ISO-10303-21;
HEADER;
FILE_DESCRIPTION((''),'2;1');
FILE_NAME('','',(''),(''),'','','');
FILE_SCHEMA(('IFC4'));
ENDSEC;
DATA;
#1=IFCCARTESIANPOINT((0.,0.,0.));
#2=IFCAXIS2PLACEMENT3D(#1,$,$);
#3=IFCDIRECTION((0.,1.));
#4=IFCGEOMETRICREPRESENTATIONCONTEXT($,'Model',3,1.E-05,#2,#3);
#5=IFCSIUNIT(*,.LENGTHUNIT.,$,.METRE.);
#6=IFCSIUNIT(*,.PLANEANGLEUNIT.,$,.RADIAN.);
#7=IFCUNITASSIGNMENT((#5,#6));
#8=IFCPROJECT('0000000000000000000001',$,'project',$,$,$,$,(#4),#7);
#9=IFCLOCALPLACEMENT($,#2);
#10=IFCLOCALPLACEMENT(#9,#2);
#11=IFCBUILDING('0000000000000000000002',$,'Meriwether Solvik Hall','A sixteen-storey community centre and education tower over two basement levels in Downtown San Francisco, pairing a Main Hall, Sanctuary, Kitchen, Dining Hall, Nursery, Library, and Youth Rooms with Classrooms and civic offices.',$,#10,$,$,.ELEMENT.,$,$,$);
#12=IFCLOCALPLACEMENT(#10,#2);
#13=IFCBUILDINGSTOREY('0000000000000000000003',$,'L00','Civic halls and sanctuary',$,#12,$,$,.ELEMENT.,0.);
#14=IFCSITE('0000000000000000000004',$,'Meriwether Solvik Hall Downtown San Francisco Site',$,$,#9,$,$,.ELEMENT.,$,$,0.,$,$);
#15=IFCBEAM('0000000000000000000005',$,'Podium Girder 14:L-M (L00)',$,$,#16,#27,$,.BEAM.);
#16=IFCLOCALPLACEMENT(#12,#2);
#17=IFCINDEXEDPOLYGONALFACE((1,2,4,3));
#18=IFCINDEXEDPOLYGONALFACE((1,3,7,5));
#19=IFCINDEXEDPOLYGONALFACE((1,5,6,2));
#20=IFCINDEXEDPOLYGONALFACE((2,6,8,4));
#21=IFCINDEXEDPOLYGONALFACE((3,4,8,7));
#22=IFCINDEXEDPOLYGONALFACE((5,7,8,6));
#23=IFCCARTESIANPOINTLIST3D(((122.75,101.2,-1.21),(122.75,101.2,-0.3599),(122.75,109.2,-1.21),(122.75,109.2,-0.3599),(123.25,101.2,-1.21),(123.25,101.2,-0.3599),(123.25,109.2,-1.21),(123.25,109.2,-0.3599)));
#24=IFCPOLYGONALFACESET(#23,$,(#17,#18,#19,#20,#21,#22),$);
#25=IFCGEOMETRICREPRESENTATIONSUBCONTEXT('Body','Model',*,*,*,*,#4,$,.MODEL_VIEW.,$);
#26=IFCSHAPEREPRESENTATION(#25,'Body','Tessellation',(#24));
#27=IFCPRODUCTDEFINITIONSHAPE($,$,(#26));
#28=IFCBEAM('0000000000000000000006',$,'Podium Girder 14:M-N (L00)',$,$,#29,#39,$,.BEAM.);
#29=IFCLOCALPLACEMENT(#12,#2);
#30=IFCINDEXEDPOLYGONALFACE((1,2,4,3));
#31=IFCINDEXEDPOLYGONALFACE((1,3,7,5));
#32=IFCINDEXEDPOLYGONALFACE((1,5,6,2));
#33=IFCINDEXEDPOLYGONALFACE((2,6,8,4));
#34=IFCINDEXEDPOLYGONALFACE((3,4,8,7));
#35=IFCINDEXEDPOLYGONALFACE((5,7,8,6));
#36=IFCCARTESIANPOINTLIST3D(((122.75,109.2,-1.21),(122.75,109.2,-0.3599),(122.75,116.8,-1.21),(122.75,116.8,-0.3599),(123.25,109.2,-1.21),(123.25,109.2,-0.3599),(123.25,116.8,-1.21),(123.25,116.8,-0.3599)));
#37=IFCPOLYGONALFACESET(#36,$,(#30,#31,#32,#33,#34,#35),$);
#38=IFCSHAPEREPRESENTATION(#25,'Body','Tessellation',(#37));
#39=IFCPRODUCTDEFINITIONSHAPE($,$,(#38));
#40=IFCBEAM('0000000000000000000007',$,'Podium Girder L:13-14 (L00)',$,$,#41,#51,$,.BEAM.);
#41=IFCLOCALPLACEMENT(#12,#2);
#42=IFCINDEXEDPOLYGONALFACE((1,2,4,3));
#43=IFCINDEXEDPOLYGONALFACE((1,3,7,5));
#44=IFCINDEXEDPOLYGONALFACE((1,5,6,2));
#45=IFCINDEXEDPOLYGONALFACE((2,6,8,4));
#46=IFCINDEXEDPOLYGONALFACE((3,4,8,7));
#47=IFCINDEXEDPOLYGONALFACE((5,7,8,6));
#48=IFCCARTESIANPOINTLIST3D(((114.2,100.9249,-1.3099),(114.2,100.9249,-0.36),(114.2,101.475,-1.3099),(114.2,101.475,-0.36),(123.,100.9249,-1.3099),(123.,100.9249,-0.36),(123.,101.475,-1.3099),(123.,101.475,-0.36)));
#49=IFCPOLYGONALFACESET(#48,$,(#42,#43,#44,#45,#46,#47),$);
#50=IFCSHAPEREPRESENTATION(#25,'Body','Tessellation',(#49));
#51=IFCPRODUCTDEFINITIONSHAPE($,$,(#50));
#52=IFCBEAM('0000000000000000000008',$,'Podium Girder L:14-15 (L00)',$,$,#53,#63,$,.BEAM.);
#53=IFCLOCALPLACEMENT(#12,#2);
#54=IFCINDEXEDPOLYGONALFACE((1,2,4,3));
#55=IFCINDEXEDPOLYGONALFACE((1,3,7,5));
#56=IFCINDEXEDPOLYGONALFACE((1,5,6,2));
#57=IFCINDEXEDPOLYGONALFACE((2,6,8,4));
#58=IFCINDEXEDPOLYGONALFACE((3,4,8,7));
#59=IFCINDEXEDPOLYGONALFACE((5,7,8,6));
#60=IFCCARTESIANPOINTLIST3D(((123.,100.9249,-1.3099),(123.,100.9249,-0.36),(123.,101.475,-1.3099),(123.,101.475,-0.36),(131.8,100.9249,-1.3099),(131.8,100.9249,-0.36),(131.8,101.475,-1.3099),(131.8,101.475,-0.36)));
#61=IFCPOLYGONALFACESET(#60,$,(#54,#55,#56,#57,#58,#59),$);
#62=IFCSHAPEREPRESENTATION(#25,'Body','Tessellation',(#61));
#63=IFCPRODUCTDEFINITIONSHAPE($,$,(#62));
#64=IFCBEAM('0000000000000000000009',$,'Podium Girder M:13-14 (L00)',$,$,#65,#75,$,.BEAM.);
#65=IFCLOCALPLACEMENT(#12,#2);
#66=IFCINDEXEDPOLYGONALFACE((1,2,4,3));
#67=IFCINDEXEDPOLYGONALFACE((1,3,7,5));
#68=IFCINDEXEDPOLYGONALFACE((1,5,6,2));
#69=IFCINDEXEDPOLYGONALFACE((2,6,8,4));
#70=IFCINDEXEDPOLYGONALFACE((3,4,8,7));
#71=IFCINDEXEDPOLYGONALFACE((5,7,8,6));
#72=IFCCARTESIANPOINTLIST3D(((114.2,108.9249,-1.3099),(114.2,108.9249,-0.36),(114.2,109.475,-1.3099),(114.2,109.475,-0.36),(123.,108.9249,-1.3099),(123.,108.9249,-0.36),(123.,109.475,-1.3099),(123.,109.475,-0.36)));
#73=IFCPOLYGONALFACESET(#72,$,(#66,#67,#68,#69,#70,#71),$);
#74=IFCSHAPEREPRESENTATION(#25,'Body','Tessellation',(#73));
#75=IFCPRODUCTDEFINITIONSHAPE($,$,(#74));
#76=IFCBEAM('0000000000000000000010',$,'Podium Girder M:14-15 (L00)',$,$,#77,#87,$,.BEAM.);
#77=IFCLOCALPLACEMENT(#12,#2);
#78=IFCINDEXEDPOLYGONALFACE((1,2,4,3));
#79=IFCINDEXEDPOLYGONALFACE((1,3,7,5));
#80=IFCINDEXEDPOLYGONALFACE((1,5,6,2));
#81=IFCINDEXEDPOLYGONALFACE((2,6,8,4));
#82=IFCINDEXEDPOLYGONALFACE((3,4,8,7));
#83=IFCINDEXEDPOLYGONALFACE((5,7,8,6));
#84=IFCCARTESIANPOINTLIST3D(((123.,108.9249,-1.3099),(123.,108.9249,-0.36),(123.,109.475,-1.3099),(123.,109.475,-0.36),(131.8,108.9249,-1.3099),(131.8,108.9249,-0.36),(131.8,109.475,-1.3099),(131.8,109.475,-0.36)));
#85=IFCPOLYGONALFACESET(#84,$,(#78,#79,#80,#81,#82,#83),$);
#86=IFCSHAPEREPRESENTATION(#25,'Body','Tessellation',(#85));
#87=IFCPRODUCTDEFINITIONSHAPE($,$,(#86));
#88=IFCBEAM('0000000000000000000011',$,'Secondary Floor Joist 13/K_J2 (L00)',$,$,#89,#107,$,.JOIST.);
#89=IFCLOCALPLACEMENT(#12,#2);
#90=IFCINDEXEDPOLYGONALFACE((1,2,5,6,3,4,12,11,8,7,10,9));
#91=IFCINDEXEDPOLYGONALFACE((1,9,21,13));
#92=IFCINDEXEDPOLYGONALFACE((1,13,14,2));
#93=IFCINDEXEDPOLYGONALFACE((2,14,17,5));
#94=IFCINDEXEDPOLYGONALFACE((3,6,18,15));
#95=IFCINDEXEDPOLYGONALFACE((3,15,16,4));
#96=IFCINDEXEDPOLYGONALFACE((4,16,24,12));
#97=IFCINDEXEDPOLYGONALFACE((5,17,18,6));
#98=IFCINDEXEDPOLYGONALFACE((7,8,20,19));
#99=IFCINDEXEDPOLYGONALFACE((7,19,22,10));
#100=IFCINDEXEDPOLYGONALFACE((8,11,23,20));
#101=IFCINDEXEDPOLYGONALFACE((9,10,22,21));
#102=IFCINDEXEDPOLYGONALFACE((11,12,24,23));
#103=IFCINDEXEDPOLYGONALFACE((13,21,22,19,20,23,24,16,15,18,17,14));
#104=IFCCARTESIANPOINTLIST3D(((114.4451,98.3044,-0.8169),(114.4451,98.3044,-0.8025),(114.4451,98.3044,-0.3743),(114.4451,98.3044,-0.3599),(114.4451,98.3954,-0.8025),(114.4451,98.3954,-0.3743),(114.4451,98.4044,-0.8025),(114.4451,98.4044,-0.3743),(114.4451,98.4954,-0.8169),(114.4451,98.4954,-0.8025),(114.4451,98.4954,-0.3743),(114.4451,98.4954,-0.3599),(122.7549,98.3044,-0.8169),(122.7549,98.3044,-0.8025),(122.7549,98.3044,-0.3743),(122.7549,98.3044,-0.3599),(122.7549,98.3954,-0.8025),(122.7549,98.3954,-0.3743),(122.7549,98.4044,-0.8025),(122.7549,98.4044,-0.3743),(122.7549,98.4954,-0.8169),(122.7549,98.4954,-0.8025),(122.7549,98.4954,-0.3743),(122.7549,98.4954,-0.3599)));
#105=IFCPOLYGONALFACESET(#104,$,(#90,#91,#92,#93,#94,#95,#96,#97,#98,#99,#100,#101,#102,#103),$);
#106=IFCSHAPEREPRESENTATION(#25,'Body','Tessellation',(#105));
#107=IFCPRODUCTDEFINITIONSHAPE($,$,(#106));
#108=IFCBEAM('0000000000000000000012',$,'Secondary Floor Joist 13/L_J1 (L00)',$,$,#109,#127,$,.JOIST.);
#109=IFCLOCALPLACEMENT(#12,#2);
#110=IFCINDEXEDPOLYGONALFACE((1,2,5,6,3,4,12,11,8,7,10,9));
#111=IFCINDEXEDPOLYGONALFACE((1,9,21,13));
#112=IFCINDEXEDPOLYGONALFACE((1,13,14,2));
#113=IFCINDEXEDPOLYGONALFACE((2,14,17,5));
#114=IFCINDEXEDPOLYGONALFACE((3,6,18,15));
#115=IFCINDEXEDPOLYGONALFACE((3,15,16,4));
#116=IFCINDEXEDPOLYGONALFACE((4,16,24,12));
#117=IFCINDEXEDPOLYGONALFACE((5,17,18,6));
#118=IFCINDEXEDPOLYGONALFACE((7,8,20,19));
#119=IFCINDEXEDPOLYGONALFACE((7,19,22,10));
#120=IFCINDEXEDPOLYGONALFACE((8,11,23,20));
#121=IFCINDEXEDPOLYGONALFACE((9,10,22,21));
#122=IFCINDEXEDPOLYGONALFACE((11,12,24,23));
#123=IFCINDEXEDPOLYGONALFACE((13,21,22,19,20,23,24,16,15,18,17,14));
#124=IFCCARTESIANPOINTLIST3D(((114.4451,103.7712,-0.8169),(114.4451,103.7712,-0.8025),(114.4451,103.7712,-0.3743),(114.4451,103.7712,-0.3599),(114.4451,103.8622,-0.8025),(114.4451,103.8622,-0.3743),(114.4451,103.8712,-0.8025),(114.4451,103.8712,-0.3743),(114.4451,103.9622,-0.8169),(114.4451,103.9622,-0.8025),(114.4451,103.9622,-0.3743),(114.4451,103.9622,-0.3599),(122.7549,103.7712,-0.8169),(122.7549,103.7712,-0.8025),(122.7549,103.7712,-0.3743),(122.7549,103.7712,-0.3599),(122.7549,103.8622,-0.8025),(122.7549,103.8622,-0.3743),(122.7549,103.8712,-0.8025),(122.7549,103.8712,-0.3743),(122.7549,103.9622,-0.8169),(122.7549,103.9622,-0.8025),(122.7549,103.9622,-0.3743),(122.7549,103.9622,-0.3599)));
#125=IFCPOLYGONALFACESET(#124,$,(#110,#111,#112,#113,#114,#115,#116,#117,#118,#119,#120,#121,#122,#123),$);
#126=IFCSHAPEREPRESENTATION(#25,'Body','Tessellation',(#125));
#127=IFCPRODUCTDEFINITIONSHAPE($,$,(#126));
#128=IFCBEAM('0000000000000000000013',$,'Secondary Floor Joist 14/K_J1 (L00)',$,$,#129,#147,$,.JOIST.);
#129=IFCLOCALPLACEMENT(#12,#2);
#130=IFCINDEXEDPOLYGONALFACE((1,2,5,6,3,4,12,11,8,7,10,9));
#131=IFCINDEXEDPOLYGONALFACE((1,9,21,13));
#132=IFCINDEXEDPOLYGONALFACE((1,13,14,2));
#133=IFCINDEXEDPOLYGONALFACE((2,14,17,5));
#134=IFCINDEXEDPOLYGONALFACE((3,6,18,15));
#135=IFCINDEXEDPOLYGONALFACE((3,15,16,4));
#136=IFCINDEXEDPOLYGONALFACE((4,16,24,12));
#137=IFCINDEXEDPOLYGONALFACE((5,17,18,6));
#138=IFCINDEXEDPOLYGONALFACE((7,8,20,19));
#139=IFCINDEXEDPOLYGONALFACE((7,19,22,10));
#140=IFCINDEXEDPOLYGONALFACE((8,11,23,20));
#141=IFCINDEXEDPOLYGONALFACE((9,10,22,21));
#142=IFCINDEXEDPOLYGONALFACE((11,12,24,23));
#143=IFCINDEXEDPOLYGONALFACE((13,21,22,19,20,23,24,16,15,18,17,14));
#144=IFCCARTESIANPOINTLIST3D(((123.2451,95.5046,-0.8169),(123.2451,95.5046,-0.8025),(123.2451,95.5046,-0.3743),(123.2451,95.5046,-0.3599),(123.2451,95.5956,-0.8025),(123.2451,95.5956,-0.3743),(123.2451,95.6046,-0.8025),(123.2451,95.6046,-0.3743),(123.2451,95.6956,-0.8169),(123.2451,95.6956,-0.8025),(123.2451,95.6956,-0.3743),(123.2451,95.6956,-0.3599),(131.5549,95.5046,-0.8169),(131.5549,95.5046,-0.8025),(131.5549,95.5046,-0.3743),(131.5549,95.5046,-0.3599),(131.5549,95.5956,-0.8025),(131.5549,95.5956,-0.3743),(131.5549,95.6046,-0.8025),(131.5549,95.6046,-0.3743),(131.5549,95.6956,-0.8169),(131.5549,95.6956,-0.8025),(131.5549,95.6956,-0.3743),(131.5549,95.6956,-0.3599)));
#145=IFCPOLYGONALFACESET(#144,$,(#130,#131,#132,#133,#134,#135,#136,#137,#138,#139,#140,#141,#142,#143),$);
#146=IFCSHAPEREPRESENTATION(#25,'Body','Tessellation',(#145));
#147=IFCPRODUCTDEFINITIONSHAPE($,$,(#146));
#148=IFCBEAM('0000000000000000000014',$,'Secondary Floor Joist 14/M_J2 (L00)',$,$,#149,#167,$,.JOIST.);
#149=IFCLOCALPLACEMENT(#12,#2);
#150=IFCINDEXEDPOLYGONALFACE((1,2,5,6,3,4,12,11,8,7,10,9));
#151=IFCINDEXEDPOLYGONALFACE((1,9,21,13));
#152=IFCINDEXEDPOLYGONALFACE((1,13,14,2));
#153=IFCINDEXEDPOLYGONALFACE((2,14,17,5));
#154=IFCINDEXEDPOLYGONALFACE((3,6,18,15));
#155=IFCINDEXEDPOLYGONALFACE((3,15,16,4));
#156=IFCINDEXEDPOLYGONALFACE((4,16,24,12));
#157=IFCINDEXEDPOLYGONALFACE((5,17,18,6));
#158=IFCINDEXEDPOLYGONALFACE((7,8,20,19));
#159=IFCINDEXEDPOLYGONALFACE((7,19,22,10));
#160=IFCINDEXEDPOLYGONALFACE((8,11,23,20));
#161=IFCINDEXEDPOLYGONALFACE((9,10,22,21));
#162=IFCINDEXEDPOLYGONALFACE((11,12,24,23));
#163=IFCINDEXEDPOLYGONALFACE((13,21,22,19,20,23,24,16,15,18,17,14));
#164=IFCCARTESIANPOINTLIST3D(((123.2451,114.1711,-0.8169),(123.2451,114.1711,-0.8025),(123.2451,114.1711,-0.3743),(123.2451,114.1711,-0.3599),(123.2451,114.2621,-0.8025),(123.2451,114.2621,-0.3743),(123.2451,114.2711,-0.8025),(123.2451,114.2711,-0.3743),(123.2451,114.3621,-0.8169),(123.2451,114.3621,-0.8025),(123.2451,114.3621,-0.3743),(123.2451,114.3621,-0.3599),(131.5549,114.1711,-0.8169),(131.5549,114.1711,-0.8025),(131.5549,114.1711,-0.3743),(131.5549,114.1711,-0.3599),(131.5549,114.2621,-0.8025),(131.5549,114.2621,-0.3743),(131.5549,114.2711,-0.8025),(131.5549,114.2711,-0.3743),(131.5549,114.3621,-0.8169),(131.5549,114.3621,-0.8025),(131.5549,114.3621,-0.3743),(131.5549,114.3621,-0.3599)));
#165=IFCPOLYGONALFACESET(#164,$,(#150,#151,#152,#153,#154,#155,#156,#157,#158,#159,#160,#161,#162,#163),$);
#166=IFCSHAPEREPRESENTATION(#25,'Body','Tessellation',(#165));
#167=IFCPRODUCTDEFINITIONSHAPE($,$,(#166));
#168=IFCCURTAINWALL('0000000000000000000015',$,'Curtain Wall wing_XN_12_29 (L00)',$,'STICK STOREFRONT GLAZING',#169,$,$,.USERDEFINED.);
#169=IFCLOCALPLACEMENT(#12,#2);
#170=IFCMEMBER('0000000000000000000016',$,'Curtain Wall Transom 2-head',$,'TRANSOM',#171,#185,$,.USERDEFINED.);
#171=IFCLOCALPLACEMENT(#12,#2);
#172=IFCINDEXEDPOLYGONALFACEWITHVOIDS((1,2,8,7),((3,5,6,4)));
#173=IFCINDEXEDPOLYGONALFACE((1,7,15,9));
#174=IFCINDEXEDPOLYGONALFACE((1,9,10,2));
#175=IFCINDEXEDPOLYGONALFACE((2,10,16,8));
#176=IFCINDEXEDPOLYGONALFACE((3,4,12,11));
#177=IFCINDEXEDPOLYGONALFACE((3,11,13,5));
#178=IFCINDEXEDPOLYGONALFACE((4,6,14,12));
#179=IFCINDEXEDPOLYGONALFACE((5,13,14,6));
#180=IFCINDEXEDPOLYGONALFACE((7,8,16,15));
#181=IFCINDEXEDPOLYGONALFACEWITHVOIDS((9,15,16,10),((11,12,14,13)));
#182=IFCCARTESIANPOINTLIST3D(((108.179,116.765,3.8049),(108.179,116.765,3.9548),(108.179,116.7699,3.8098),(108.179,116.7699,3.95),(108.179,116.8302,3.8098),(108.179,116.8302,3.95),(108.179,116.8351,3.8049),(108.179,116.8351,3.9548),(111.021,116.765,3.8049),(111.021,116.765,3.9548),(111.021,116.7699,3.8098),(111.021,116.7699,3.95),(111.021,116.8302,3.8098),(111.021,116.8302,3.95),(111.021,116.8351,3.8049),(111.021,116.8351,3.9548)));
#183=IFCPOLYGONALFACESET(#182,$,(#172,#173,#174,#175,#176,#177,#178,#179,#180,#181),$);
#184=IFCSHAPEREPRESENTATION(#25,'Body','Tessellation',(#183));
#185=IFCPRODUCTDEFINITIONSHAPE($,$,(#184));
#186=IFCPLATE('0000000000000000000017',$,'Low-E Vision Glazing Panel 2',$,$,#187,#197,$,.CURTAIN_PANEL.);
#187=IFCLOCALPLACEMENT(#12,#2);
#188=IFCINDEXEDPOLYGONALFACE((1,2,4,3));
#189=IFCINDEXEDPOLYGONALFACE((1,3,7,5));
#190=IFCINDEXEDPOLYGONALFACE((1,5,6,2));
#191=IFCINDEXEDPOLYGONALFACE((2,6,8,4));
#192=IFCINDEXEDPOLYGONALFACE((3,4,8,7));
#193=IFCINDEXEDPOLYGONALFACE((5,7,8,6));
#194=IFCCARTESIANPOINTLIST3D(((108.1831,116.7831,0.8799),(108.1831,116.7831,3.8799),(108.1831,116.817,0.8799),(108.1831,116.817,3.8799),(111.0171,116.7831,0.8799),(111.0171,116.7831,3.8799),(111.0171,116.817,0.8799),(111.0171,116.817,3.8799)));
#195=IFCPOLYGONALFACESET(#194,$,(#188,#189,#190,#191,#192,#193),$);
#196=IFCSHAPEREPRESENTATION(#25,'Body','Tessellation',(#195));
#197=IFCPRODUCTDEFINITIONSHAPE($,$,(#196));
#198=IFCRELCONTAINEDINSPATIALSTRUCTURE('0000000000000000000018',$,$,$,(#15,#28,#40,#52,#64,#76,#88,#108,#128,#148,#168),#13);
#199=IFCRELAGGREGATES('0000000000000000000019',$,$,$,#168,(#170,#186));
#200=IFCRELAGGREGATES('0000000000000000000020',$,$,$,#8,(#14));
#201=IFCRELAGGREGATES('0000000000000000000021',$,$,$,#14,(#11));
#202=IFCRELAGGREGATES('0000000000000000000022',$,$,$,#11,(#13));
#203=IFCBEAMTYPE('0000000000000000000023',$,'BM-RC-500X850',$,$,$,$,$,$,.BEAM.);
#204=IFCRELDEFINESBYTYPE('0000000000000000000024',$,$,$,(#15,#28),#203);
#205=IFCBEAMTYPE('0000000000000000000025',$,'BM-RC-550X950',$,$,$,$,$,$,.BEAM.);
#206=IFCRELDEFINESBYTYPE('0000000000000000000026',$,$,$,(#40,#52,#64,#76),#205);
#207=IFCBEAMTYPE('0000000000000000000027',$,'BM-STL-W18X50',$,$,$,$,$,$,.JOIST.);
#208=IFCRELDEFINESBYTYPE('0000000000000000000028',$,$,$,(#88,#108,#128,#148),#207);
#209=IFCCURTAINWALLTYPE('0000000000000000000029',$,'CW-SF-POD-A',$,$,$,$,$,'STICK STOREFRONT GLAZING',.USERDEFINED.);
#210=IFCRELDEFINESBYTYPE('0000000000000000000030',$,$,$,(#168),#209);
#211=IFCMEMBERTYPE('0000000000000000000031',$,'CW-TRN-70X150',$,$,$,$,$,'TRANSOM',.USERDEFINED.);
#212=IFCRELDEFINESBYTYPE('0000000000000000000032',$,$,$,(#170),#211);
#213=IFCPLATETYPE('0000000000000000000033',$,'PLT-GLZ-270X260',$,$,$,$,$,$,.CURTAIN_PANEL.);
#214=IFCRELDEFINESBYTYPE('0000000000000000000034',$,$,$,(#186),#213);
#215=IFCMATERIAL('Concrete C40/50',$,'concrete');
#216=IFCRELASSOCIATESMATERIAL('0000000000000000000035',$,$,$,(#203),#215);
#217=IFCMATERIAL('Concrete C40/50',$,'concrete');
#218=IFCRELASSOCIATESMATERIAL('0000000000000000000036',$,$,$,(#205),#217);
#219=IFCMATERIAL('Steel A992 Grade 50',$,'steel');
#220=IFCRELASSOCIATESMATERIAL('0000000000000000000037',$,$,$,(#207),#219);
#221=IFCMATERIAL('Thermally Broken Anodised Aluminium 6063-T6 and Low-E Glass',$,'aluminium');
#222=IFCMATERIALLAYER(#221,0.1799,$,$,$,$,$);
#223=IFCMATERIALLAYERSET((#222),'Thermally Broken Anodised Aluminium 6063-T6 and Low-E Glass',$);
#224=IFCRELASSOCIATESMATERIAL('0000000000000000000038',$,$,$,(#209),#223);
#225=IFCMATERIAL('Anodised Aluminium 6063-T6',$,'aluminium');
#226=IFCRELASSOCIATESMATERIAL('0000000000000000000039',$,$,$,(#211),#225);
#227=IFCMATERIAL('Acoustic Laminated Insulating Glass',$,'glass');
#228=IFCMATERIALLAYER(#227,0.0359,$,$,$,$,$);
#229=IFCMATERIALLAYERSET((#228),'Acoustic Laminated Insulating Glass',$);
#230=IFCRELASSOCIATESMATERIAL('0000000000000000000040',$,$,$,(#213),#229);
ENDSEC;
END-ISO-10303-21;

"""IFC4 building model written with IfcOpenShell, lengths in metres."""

from ifc_helpers import new_model, si_unit, direction, frame, origin, origin_2d, place, context, subcontext, project, spatial, rectangle, hollow_rectangle, i_section, extrude, material, layer, layer_set, material_profile, profile_set, type_object, element, aggregate, save


model = new_model("IFC4")

# Units and contexts
model_context = context("Model", 3, precision=1e-05, world=origin(), true_north=direction((0.0, 1.0)))
body_context = subcontext(model_context, "Body", "Model", "MODEL_VIEW")
ifc_project = project(units=[si_unit("LENGTHUNIT", "METRE"), si_unit("PLANEANGLEUNIT", "RADIAN")], contexts=[model_context])

# Site, building, storey
site_placement = place(None, origin())
site = spatial("IfcSite", under=ifc_project, at=site_placement, Name="Meriwether Solvik Hall Downtown San Francisco Site", CompositionType="ELEMENT", RefElevation=0.0)
building_placement = place(site_placement, origin())
building = spatial("IfcBuilding", under=site, at=building_placement, Name="Meriwether Solvik Hall", Description="A sixteen-storey community centre and education tower over two basement levels in Downtown San Francisco, pairing a Main Hall, Sanctuary, Kitchen, Dining Hall, Nursery, Library, and Youth Rooms with Classrooms and civic offices.", CompositionType="ELEMENT")
storey_placement = place(building_placement, origin())
storey = spatial("IfcBuildingStorey", under=building, at=storey_placement, Name="L00", Description="Civic halls and sanctuary", CompositionType="ELEMENT", Elevation=0.0)

# Beams
ifc_material_1 = material(Name="Concrete C40/50", Category="concrete")
ifc_material_profile_1 = material_profile(ifc_material_1, rectangle(XDim=0.5, YDim=0.8501, at=origin_2d()), Name="RCB-500X850")
ifc_profile_set_1 = profile_set([ifc_material_profile_1], Name="Concrete C40/50")
beam_type_1 = type_object("IfcBeamType", Name="BM-RC-500X850", PredefinedType="BEAM", material=ifc_profile_set_1)
beam_1_placement = place(storey_placement, frame((123.0, 101.2, -0.7849), z_axis=(0.0, 1.0, 0.0), x_axis=(-1.0, 0.0, 0.0)))
element("IfcBeam", 1, at=beam_1_placement, inside=storey, type_object=beam_type_1, Name="Podium Girder 14:L-M (L00)", PredefinedType="BEAM", context=body_context, shape_type="SweptSolid", body=[
    extrude(rectangle(XDim=0.5, YDim=0.8501, at=origin_2d()), origin(), (0.0, 0.0, 1.0), 8.0),
])
beam_2_placement = place(storey_placement, frame((123.0, 109.2, -0.7849), z_axis=(0.0, 1.0, 0.0), x_axis=(-1.0, 0.0, 0.0)))
element("IfcBeam", 2, at=beam_2_placement, inside=storey, type_object=beam_type_1, Name="Podium Girder 14:M-N (L00)", PredefinedType="BEAM", context=body_context, shape_type="SweptSolid", body=[
    extrude(rectangle(XDim=0.5, YDim=0.8501, at=origin_2d()), origin(), (0.0, 0.0, 1.0), 7.6001),
])
ifc_material_2 = material(Name="Concrete C40/50", Category="concrete")
ifc_material_profile_2 = material_profile(ifc_material_2, rectangle(XDim=0.55, YDim=0.95, at=origin_2d()), Name="RCB-550X950")
ifc_profile_set_2 = profile_set([ifc_material_profile_2], Name="Concrete C40/50")
beam_type_2 = type_object("IfcBeamType", Name="BM-RC-550X950", PredefinedType="BEAM", material=ifc_profile_set_2)
for number, where, z_axis, x_axis, name in (
    (3, (114.2, 101.2, -0.835), (1.0, 0.0, 0.0), (0.0, 1.0, 0.0), "Podium Girder L:13-14 (L00)"),
    (4, (123.0, 101.2, -0.835), (1.0, 0.0, 0.0), (0.0, 1.0, 0.0), "Podium Girder L:14-15 (L00)"),
    (5, (114.2, 109.2, -0.835), (1.0, 0.0, 0.0), (0.0, 1.0, 0.0), "Podium Girder M:13-14 (L00)"),
    (6, (123.0, 109.2, -0.835), (1.0, 0.0, 0.0), (0.0, 1.0, 0.0), "Podium Girder M:14-15 (L00)"),
):
    element("IfcBeam", number, at=place(storey_placement, frame(where, z_axis=z_axis, x_axis=x_axis)), inside=storey, type_object=beam_type_2, Name=name, PredefinedType="BEAM", context=body_context, shape_type="SweptSolid", body=[
        extrude(rectangle(XDim=0.55, YDim=0.95, at=origin_2d()), origin(), (0.0, 0.0, 1.0), 8.8),
    ])
ifc_material_3 = material(Name="Steel A992 Grade 50", Category="steel")
ifc_material_profile_3 = material_profile(ifc_material_3, i_section(OverallWidth=0.1909, OverallDepth=0.457, WebThickness=0.009, FlangeThickness=0.0144, at=origin_2d()), Name="W18X50")
ifc_profile_set_3 = profile_set([ifc_material_profile_3], Name="Steel A992 Grade 50")
beam_type_3 = type_object("IfcBeamType", Name="BM-STL-W18X50", PredefinedType="JOIST", material=ifc_profile_set_3)
for number, where, z_axis, x_axis, name in (
    (7, (114.4451, 98.3999, -0.5884), (1.0, 0.0, 0.0), (0.0, 1.0, 0.0), "Secondary Floor Joist 13/K_J2 (L00)"),
    (8, (114.4451, 103.8667, -0.5884), (1.0, 0.0, 0.0), (0.0, 1.0, 0.0), "Secondary Floor Joist 13/L_J1 (L00)"),
    (9, (123.2451, 95.6001, -0.5884), (1.0, 0.0, 0.0), (0.0, 1.0, 0.0), "Secondary Floor Joist 14/K_J1 (L00)"),
    (10, (123.2451, 114.2666, -0.5884), (1.0, 0.0, 0.0), (0.0, 1.0, 0.0), "Secondary Floor Joist 14/M_J2 (L00)"),
):
    element("IfcBeam", number, at=place(storey_placement, frame(where, z_axis=z_axis, x_axis=x_axis)), inside=storey, type_object=beam_type_3, Name=name, PredefinedType="JOIST", context=body_context, shape_type="SweptSolid", body=[
        extrude(i_section(OverallWidth=0.1909, OverallDepth=0.457, WebThickness=0.009, FlangeThickness=0.0144, at=origin_2d()), origin(), (0.0, 0.0, 1.0), 8.3098),
    ])

# Curtain wall, member, plate
ifc_material_4 = material(Name="Thermally Broken Anodised Aluminium 6063-T6 and Low-E Glass", Category="aluminium")
ifc_layer_1 = layer(ifc_material_4, 0.1799)
ifc_layer_set_1 = layer_set([ifc_layer_1], Name="Thermally Broken Anodised Aluminium 6063-T6 and Low-E Glass")
curtain_wall_type = type_object("IfcCurtainWallType", Name="CW-SF-POD-A", ElementType="STICK STOREFRONT GLAZING", PredefinedType="USERDEFINED", material=ifc_layer_set_1)
curtain_wall_placement = place(storey_placement, origin())
curtain_wall = element("IfcCurtainWall", 11, at=curtain_wall_placement, inside=storey, type_object=curtain_wall_type, Name="Curtain Wall wing_XN_12_29 (L00)", ObjectType="STICK STOREFRONT GLAZING", PredefinedType="USERDEFINED")
ifc_material_5 = material(Name="Anodised Aluminium 6063-T6", Category="aluminium")
ifc_material_profile_4 = material_profile(ifc_material_5, hollow_rectangle(XDim=0.0701, YDim=0.1499, WallThickness=0.0049, at=origin_2d()), Name="CWT-70X150")
ifc_profile_set_4 = profile_set([ifc_material_profile_4], Name="Anodised Aluminium 6063-T6")
member_type = type_object("IfcMemberType", Name="CW-TRN-70X150", ElementType="TRANSOM", PredefinedType="USERDEFINED", material=ifc_profile_set_4)
member_placement = place(storey_placement, frame((108.179, 116.8, 3.8799), z_axis=(1.0, 0.0, 0.0), x_axis=(0.0, 1.0, 0.0)))
member = element("IfcMember", 12, at=member_placement, type_object=member_type, Name="Curtain Wall Transom 2-head", ObjectType="TRANSOM", PredefinedType="USERDEFINED", context=body_context, shape_type="SweptSolid", body=[
    extrude(hollow_rectangle(XDim=0.0701, YDim=0.1499, WallThickness=0.0049, at=origin_2d()), origin(), (0.0, 0.0, 1.0), 2.842),
])
ifc_material_6 = material(Name="Acoustic Laminated Insulating Glass", Category="glass")
ifc_layer_2 = layer(ifc_material_6, 0.0359)
ifc_layer_set_2 = layer_set([ifc_layer_2], Name="Acoustic Laminated Insulating Glass")
plate_type_1 = type_object("IfcPlateType", Name="PLT-GLZ-270X260", PredefinedType="CURTAIN_PANEL", material=ifc_layer_set_2)
plate_1_placement = place(storey_placement, frame((109.6001, 116.8, 0.8799), z_axis=(0.0, 0.0, 1.0), x_axis=(1.0, 0.0, 0.0)))
plate_1 = element("IfcPlate", 13, at=plate_1_placement, type_object=plate_type_1, Name="Low-E Vision Glazing Panel 2", PredefinedType="CURTAIN_PANEL", context=body_context, shape_type="SweptSolid", body=[
    extrude(rectangle(XDim=2.834, YDim=0.0339, at=origin_2d()), origin(), (0.0, 0.0, 1.0), 3.0),
])
aggregate(curtain_wall, [member, plate_1])

save(model, "model.ifc")
